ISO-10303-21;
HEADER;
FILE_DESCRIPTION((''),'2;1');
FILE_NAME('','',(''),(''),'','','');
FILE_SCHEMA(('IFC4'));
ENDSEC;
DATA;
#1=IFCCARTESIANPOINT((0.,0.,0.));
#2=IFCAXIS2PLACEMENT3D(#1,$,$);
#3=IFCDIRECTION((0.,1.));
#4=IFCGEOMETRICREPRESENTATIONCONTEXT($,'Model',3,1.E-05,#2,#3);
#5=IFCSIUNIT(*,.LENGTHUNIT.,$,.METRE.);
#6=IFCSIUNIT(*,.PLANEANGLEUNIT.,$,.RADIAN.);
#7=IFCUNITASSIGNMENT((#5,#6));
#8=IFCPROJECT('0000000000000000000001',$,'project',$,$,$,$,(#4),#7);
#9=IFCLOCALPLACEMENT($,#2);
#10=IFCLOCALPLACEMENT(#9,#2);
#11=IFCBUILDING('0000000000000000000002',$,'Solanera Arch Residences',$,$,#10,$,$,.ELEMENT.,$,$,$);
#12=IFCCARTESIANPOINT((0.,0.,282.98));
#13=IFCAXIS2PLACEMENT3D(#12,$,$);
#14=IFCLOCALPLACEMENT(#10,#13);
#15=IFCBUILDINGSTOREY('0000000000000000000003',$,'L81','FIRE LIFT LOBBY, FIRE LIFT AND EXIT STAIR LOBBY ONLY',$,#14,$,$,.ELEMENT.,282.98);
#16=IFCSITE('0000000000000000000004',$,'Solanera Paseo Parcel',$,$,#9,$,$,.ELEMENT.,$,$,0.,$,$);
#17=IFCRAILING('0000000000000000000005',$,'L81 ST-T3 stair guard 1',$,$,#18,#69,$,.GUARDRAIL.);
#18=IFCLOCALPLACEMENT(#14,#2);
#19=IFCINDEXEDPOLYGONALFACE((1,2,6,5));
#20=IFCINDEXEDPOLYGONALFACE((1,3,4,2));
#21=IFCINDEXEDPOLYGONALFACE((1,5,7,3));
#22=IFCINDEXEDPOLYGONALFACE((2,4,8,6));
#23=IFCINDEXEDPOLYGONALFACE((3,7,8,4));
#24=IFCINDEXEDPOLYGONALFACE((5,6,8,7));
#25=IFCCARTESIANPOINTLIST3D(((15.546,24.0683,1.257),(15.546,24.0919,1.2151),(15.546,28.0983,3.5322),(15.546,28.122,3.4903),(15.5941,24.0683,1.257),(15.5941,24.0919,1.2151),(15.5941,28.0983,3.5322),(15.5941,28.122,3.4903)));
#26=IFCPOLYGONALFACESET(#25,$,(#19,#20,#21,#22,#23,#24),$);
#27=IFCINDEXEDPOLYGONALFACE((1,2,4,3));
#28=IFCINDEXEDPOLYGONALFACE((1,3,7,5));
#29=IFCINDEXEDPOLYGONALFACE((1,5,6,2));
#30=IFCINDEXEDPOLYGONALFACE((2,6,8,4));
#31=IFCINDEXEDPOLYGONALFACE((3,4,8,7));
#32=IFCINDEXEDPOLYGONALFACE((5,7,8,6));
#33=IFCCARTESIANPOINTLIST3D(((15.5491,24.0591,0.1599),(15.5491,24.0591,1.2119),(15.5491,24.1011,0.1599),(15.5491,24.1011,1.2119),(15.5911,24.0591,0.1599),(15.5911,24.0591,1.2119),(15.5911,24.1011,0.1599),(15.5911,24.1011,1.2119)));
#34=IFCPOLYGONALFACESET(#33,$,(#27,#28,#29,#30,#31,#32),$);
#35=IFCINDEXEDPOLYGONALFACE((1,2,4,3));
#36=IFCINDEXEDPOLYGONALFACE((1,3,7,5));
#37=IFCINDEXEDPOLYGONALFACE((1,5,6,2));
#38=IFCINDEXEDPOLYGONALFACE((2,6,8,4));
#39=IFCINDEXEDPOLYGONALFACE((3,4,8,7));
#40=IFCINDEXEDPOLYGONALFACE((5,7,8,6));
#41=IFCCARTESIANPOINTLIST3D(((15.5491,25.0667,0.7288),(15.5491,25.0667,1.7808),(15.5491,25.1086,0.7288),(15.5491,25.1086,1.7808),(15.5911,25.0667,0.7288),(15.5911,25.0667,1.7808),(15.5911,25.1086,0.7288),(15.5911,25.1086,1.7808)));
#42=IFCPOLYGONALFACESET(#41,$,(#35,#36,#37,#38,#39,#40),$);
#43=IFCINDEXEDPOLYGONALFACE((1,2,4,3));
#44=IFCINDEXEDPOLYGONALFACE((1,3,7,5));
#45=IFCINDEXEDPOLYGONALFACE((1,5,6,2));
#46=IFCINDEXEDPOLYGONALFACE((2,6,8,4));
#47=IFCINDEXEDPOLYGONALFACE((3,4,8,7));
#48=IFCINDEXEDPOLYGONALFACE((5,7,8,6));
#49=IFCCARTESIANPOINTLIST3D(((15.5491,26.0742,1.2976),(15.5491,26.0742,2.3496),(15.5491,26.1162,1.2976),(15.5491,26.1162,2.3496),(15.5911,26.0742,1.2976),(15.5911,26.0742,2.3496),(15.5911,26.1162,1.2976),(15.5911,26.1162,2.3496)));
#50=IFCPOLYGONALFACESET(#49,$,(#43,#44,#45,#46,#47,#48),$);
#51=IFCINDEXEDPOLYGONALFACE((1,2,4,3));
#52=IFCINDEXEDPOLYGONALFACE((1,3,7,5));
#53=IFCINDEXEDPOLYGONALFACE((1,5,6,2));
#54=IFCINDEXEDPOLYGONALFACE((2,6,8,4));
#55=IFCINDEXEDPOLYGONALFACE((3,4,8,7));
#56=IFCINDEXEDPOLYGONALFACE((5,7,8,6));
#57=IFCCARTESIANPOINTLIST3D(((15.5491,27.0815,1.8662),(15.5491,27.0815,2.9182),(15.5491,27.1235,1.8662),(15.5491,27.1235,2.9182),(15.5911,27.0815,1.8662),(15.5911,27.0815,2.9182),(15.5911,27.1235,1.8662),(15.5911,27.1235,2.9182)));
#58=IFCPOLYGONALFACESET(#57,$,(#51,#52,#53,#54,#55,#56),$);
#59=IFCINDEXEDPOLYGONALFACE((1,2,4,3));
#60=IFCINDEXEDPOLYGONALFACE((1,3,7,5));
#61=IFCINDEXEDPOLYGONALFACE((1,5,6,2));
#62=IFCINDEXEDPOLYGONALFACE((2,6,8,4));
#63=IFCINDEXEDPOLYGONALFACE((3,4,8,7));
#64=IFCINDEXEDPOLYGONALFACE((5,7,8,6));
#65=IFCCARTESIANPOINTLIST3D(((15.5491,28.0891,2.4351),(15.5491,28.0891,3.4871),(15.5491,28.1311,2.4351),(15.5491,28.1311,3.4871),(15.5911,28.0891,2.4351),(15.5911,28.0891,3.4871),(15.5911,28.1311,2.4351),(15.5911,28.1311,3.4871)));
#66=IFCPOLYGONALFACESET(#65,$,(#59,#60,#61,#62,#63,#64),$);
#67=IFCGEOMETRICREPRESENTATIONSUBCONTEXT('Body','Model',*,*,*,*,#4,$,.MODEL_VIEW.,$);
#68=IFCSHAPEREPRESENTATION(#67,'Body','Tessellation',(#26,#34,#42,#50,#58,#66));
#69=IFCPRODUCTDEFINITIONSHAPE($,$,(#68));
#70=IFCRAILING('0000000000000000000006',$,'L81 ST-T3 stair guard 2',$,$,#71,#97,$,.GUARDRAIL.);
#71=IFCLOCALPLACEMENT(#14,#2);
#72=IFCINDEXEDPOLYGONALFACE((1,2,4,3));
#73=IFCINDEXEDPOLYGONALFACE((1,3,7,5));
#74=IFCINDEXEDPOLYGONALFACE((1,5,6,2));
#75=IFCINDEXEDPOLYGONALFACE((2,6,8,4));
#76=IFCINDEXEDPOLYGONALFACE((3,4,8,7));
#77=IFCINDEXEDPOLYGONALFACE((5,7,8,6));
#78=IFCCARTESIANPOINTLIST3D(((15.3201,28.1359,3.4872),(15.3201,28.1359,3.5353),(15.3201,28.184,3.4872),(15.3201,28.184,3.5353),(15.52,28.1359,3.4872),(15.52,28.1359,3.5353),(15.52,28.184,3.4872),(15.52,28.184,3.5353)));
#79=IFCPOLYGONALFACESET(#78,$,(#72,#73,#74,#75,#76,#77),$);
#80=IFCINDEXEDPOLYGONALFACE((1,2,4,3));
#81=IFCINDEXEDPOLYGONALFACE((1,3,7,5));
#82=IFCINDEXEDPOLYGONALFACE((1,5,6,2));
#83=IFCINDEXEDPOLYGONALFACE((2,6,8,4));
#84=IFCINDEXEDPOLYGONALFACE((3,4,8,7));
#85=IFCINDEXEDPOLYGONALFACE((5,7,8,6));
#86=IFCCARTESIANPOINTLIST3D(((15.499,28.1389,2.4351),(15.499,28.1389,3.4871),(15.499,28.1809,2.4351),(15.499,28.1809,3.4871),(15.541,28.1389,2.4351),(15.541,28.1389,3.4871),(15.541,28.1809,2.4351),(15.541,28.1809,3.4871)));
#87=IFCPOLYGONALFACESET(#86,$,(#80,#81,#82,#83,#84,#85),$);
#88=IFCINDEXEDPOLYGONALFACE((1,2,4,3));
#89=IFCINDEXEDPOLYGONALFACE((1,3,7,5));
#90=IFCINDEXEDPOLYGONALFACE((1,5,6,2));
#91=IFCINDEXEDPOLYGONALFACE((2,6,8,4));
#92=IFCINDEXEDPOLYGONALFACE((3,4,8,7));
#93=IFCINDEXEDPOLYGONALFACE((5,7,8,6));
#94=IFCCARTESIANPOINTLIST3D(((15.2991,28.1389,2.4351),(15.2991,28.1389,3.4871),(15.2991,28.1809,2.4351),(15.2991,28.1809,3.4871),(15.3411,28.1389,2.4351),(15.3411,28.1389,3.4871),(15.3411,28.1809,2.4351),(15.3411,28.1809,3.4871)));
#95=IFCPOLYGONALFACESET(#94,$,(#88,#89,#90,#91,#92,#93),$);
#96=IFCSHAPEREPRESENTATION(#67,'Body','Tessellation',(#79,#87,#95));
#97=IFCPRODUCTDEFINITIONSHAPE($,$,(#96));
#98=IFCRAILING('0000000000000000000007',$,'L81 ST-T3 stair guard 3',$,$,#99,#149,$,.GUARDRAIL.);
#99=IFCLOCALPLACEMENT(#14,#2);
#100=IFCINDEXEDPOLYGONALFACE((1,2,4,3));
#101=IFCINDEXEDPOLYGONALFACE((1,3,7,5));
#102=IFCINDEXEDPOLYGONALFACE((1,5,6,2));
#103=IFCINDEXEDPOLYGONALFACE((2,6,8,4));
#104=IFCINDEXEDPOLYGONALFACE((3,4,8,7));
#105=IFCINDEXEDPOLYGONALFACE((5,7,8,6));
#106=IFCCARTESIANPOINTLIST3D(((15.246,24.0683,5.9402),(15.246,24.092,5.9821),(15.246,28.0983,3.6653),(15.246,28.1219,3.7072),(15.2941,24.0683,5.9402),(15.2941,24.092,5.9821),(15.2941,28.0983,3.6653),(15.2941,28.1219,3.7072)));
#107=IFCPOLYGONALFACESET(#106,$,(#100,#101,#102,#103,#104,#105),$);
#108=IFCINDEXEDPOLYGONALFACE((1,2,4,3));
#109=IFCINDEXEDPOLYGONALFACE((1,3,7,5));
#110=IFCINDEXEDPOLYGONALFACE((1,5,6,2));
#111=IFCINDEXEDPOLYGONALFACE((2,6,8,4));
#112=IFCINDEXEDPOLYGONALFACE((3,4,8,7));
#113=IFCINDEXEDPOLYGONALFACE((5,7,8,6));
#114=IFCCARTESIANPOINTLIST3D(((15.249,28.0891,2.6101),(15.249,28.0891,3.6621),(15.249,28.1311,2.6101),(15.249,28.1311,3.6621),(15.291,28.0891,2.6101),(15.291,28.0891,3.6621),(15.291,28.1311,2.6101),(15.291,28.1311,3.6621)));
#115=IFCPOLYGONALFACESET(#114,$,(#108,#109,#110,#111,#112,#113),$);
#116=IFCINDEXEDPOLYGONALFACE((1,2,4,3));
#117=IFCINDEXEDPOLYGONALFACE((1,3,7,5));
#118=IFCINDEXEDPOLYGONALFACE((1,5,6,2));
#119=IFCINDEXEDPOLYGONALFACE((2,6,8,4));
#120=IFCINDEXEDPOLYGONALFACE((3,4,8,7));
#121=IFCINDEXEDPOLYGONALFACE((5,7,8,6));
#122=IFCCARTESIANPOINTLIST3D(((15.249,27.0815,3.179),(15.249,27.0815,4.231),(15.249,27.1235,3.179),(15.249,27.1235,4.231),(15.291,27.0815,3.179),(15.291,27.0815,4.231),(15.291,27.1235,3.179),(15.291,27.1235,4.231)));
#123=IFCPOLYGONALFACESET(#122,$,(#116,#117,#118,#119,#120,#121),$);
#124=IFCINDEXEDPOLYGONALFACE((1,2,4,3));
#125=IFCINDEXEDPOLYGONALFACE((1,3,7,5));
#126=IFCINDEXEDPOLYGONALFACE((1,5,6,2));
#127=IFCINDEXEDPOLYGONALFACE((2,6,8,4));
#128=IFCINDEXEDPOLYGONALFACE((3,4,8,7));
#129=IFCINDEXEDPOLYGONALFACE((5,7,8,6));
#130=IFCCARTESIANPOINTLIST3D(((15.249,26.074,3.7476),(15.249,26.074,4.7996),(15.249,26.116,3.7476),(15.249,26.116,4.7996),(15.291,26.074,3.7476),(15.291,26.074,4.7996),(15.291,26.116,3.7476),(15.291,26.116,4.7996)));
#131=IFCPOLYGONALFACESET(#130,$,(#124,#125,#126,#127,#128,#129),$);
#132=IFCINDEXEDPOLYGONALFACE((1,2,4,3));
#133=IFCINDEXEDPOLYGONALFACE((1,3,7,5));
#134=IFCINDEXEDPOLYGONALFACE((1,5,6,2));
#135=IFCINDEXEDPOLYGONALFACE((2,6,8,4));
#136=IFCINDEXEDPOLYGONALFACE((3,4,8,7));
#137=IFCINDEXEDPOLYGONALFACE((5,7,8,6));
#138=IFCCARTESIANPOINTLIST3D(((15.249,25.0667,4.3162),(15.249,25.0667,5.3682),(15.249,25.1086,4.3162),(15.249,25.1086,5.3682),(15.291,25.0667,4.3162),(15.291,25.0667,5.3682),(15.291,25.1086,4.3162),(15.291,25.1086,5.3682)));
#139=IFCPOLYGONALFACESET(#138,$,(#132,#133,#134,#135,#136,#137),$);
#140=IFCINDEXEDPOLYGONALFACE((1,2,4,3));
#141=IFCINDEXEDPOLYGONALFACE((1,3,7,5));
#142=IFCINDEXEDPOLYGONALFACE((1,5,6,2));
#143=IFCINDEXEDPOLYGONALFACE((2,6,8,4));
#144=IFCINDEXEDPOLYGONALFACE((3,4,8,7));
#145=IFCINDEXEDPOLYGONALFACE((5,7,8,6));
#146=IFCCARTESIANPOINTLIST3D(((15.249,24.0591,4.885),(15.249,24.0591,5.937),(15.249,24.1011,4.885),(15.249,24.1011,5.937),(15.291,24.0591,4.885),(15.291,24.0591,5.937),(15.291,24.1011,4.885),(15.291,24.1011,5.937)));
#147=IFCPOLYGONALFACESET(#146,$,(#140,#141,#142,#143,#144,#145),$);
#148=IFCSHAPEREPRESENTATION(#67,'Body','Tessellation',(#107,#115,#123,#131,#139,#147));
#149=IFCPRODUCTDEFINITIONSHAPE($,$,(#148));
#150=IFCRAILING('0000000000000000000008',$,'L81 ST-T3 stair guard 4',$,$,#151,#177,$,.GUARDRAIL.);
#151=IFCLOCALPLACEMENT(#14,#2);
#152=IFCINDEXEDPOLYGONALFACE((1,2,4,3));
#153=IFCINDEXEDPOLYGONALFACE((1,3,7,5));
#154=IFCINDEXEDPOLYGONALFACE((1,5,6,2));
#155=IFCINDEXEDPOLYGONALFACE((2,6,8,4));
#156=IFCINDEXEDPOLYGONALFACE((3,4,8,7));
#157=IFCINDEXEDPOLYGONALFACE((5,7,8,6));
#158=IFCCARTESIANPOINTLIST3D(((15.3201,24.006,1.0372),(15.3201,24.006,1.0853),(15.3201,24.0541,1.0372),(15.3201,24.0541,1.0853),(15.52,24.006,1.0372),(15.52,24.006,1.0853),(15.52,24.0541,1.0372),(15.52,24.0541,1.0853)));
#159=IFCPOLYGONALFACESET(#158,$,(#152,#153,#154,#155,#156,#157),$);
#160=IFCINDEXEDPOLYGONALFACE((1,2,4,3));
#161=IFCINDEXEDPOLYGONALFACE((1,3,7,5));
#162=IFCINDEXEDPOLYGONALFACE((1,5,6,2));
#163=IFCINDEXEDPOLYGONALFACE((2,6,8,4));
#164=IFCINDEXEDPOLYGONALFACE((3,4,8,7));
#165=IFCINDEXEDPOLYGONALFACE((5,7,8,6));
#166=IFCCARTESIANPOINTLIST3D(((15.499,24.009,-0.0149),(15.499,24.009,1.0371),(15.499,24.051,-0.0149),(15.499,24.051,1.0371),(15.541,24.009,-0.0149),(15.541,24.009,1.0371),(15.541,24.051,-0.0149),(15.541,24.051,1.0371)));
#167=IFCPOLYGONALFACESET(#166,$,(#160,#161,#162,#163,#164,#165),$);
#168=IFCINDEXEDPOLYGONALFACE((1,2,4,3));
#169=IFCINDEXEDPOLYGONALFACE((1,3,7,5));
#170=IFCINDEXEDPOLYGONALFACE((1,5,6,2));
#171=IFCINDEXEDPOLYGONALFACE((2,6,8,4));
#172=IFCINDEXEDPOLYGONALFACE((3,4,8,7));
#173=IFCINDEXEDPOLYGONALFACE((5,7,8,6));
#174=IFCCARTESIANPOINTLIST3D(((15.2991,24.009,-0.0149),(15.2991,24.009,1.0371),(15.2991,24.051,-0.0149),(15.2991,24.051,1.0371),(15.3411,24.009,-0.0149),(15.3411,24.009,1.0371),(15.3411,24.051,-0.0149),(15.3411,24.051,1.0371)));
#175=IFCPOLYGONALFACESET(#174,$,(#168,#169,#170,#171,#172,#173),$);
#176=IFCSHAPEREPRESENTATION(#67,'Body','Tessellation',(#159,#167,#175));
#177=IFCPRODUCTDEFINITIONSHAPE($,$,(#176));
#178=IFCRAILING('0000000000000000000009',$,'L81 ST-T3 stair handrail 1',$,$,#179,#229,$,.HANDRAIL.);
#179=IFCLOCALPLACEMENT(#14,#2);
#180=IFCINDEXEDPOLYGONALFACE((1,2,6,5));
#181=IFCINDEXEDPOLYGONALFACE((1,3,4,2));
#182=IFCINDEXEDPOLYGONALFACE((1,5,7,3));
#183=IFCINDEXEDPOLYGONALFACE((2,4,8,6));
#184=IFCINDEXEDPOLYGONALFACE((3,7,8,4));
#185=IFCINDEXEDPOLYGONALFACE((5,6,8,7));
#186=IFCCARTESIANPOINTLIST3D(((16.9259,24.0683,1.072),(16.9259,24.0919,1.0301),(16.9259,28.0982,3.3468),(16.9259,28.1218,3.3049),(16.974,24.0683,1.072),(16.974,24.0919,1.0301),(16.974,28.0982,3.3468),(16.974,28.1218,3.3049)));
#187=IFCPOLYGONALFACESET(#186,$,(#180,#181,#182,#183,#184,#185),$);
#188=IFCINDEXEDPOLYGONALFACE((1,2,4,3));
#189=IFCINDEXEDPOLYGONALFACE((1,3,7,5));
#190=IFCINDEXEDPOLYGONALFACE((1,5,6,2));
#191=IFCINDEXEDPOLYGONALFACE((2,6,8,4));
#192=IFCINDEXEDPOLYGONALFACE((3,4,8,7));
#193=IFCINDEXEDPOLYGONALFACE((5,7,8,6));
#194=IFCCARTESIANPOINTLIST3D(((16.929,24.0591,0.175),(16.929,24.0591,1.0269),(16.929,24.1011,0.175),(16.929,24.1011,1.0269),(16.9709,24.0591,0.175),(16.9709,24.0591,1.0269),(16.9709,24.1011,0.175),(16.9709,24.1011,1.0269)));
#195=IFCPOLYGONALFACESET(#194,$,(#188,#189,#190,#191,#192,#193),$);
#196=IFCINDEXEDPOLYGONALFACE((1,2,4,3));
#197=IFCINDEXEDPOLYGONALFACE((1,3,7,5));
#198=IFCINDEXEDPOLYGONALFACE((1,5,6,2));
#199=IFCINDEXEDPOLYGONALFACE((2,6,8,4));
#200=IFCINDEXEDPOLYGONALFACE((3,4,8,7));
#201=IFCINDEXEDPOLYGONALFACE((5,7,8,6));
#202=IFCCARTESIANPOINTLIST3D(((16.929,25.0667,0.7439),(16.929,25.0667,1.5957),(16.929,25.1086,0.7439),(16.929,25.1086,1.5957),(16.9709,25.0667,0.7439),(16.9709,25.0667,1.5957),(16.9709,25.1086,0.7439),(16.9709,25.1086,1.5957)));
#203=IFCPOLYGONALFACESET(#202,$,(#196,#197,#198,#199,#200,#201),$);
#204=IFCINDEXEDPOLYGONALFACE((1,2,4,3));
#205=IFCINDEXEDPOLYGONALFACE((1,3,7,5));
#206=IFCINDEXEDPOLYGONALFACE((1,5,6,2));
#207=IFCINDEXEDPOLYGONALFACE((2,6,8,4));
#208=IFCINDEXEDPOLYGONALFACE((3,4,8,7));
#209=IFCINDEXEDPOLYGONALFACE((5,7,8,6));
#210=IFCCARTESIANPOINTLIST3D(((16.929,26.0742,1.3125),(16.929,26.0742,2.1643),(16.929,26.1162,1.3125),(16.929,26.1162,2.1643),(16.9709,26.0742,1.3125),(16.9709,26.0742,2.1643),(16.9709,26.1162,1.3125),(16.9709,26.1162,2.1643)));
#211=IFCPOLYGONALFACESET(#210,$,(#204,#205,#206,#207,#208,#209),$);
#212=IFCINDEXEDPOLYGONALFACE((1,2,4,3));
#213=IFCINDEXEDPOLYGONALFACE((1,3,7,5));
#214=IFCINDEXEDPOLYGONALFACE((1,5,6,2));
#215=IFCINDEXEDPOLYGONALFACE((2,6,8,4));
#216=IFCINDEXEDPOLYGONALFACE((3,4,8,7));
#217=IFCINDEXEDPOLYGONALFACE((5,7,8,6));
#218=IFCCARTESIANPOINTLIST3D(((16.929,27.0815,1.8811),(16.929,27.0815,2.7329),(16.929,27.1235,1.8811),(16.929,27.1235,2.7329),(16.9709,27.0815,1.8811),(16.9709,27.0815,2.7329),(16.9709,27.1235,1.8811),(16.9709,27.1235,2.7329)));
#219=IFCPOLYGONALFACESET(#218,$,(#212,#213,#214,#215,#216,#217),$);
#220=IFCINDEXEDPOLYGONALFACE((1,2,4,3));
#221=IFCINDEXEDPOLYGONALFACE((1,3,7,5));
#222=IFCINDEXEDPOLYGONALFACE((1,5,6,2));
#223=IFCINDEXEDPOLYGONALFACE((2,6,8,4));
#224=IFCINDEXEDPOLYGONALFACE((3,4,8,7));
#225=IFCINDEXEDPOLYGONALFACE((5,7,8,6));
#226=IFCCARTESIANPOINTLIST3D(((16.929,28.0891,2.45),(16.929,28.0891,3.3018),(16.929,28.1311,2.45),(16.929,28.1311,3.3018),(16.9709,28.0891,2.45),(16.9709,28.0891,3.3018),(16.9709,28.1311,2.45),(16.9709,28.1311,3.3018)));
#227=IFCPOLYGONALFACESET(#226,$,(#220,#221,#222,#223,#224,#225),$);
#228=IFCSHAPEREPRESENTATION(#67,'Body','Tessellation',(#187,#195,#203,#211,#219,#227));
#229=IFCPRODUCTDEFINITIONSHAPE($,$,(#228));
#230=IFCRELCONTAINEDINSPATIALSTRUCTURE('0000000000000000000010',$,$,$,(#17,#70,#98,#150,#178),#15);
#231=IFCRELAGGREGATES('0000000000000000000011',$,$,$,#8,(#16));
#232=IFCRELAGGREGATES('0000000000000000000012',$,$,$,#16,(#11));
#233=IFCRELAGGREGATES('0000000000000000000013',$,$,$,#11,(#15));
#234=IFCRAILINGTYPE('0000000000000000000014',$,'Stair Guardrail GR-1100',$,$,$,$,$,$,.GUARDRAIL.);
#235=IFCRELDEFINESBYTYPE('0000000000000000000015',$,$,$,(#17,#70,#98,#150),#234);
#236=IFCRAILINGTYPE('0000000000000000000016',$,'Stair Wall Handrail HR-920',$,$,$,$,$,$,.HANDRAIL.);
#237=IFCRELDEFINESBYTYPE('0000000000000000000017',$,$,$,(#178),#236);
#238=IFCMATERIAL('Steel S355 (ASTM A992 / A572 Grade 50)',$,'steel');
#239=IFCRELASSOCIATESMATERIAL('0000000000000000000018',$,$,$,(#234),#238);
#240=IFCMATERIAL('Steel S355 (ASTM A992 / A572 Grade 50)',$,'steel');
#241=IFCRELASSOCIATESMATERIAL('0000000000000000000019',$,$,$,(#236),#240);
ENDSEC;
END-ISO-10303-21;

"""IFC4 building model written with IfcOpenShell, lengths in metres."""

from ifc_helpers import new_model, si_unit, direction, frame, origin, origin_2d, place, context, subcontext, project, spatial, rectangle, extrude, material, type_object, element, save


model = new_model("IFC4")

# Units and contexts
model_context = context("Model", 3, precision=1e-05, world=origin(), true_north=direction((0.0, 1.0)))
body_context = subcontext(model_context, "Body", "Model", "MODEL_VIEW")
ifc_project = project(units=[si_unit("LENGTHUNIT", "METRE"), si_unit("PLANEANGLEUNIT", "RADIAN")], contexts=[model_context])

# Site, building, storey
site_placement = place(None, origin())
site = spatial("IfcSite", under=ifc_project, at=site_placement, Name="Solanera Paseo Parcel", CompositionType="ELEMENT", RefElevation=0.0)
building_placement = place(site_placement, origin())
building = spatial("IfcBuilding", under=site, at=building_placement, Name="Solanera Arch Residences", CompositionType="ELEMENT")
storey_placement = place(building_placement, frame((0.0, 0.0, 282.98)))
storey = spatial("IfcBuildingStorey", under=building, at=storey_placement, Name="L81", Description="FIRE LIFT LOBBY, FIRE LIFT AND EXIT STAIR LOBBY ONLY", CompositionType="ELEMENT", Elevation=282.98)

# Railings
ifc_material_1 = material(Name="Steel S355 (ASTM A992 / A572 Grade 50)", Category="steel")
railing_type_1 = type_object("IfcRailingType", Name="Stair Guardrail GR-1100", PredefinedType="GUARDRAIL", material=ifc_material_1)
railing_1_placement = place(storey_placement, frame((15.5701, 24.0801, 0.1599)))
element("IfcRailing", 1, at=railing_1_placement, inside=storey, type_object=railing_type_1, Name="L81 ST-T3 stair guard 1", PredefinedType="GUARDRAIL", context=body_context, shape_type="SweptSolid", body=[
    extrude(rectangle(XDim=0.0481, YDim=0.0481, at=origin_2d()), frame((0.0, 0.0, 1.0762), z_axis=(0.0, 0.870812, 0.491616), x_axis=(-1.0, 0.0, 0.0)), (0.0, 0.0, 1.0), 4.6279),
    extrude(rectangle(XDim=0.042, YDim=0.042, at=origin_2d()), origin(), (0.0, 0.0, 1.0), 1.052),
    extrude(rectangle(XDim=0.042, YDim=0.042, at=origin_2d()), frame((0.0, 1.0076, 0.5688)), (0.0, 0.0, 1.0), 1.052),
    extrude(rectangle(XDim=0.042, YDim=0.042, at=origin_2d()), frame((0.0, 2.0151, 1.1377)), (0.0, 0.0, 1.0), 1.052),
    extrude(rectangle(XDim=0.042, YDim=0.042, at=origin_2d()), frame((0.0, 3.0225, 1.7063)), (0.0, 0.0, 1.0), 1.052),
    extrude(rectangle(XDim=0.042, YDim=0.042, at=origin_2d()), frame((0.0, 4.03, 2.2751)), (0.0, 0.0, 1.0), 1.052),
])
railing_2_placement = place(storey_placement, frame((15.52, 28.1599, 2.4351)))
element("IfcRailing", 2, at=railing_2_placement, inside=storey, type_object=railing_type_1, Name="L81 ST-T3 stair guard 2", PredefinedType="GUARDRAIL", context=body_context, shape_type="SweptSolid", body=[
    extrude(rectangle(XDim=0.0481, YDim=0.0481, at=origin_2d()), frame((0.0, 0.0, 1.0762), z_axis=(-1.0, 0.0, 0.0), x_axis=(0.0, -1.0, 0.0)), (0.0, 0.0, 1.0), 0.2),
    extrude(rectangle(XDim=0.042, YDim=0.042, at=origin_2d()), origin(), (0.0, 0.0, 1.0), 1.052),
    extrude(rectangle(XDim=0.042, YDim=0.042, at=origin_2d()), frame((-0.2, 0.0, 0.0)), (0.0, 0.0, 1.0), 1.052),
])
railing_3_placement = place(storey_placement, frame((15.27, 28.1101, 2.6101)))
element("IfcRailing", 3, at=railing_3_placement, inside=storey, type_object=railing_type_1, Name="L81 ST-T3 stair guard 3", PredefinedType="GUARDRAIL", context=body_context, shape_type="SweptSolid", body=[
    extrude(rectangle(XDim=0.0481, YDim=0.0481, at=origin_2d()), frame((0.0, 0.0, 1.0762), z_axis=(0.0, -0.870835, 0.491576), x_axis=(1.0, 0.0, 0.0)), (0.0, 0.0, 1.0), 4.6277),
    extrude(rectangle(XDim=0.042, YDim=0.042, at=origin_2d()), origin(), (0.0, 0.0, 1.0), 1.052),
    extrude(rectangle(XDim=0.042, YDim=0.042, at=origin_2d()), frame((0.0, -1.0076, 0.5688)), (0.0, 0.0, 1.0), 1.052),
    extrude(rectangle(XDim=0.042, YDim=0.042, at=origin_2d()), frame((0.0, -2.0151, 1.1375)), (0.0, 0.0, 1.0), 1.052),
    extrude(rectangle(XDim=0.042, YDim=0.042, at=origin_2d()), frame((0.0, -3.0225, 1.7061)), (0.0, 0.0, 1.0), 1.052),
    extrude(rectangle(XDim=0.042, YDim=0.042, at=origin_2d()), frame((0.0, -4.03, 2.2749)), (0.0, 0.0, 1.0), 1.052),
])
railing_4_placement = place(storey_placement, frame((15.52, 24.03, -0.0149)))
element("IfcRailing", 4, at=railing_4_placement, inside=storey, type_object=railing_type_1, Name="L81 ST-T3 stair guard 4", PredefinedType="GUARDRAIL", context=body_context, shape_type="SweptSolid", body=[
    extrude(rectangle(XDim=0.0481, YDim=0.0481, at=origin_2d()), frame((0.0, 0.0, 1.0762), z_axis=(-1.0, 0.0, 0.0), x_axis=(0.0, -1.0, 0.0)), (0.0, 0.0, 1.0), 0.2),
    extrude(rectangle(XDim=0.042, YDim=0.042, at=origin_2d()), origin(), (0.0, 0.0, 1.0), 1.052),
    extrude(rectangle(XDim=0.042, YDim=0.042, at=origin_2d()), frame((-0.2, 0.0, 0.0)), (0.0, 0.0, 1.0), 1.052),
])
ifc_material_2 = material(Name="Steel S355 (ASTM A992 / A572 Grade 50)", Category="steel")
railing_type_2 = type_object("IfcRailingType", Name="Stair Wall Handrail HR-920", PredefinedType="HANDRAIL", material=ifc_material_2)
railing_5_placement = place(storey_placement, frame((16.95, 24.0801, 0.175)))
element("IfcRailing", 5, at=railing_5_placement, inside=storey, type_object=railing_type_2, Name="L81 ST-T3 stair handrail 1", PredefinedType="HANDRAIL", context=body_context, shape_type="SweptSolid", body=[
    extrude(rectangle(XDim=0.0481, YDim=0.0481, at=origin_2d()), frame((0.0, 0.0, 0.876), z_axis=(0.0, 0.870835, 0.491576), x_axis=(-1.0, 0.0, 0.0)), (0.0, 0.0, 1.0), 4.6277),
    extrude(rectangle(XDim=0.042, YDim=0.042, at=origin_2d()), origin(), (0.0, 0.0, 1.0), 0.8518),
    extrude(rectangle(XDim=0.042, YDim=0.042, at=origin_2d()), frame((0.0, 1.0076, 0.5688)), (0.0, 0.0, 1.0), 0.8518),
    extrude(rectangle(XDim=0.042, YDim=0.042, at=origin_2d()), frame((0.0, 2.0151, 1.1375)), (0.0, 0.0, 1.0), 0.8518),
    extrude(rectangle(XDim=0.042, YDim=0.042, at=origin_2d()), frame((0.0, 3.0225, 1.7061)), (0.0, 0.0, 1.0), 0.8518),
    extrude(rectangle(XDim=0.042, YDim=0.042, at=origin_2d()), frame((0.0, 4.03, 2.2749)), (0.0, 0.0, 1.0), 0.8518),
])

save(model, "model.ifc")
